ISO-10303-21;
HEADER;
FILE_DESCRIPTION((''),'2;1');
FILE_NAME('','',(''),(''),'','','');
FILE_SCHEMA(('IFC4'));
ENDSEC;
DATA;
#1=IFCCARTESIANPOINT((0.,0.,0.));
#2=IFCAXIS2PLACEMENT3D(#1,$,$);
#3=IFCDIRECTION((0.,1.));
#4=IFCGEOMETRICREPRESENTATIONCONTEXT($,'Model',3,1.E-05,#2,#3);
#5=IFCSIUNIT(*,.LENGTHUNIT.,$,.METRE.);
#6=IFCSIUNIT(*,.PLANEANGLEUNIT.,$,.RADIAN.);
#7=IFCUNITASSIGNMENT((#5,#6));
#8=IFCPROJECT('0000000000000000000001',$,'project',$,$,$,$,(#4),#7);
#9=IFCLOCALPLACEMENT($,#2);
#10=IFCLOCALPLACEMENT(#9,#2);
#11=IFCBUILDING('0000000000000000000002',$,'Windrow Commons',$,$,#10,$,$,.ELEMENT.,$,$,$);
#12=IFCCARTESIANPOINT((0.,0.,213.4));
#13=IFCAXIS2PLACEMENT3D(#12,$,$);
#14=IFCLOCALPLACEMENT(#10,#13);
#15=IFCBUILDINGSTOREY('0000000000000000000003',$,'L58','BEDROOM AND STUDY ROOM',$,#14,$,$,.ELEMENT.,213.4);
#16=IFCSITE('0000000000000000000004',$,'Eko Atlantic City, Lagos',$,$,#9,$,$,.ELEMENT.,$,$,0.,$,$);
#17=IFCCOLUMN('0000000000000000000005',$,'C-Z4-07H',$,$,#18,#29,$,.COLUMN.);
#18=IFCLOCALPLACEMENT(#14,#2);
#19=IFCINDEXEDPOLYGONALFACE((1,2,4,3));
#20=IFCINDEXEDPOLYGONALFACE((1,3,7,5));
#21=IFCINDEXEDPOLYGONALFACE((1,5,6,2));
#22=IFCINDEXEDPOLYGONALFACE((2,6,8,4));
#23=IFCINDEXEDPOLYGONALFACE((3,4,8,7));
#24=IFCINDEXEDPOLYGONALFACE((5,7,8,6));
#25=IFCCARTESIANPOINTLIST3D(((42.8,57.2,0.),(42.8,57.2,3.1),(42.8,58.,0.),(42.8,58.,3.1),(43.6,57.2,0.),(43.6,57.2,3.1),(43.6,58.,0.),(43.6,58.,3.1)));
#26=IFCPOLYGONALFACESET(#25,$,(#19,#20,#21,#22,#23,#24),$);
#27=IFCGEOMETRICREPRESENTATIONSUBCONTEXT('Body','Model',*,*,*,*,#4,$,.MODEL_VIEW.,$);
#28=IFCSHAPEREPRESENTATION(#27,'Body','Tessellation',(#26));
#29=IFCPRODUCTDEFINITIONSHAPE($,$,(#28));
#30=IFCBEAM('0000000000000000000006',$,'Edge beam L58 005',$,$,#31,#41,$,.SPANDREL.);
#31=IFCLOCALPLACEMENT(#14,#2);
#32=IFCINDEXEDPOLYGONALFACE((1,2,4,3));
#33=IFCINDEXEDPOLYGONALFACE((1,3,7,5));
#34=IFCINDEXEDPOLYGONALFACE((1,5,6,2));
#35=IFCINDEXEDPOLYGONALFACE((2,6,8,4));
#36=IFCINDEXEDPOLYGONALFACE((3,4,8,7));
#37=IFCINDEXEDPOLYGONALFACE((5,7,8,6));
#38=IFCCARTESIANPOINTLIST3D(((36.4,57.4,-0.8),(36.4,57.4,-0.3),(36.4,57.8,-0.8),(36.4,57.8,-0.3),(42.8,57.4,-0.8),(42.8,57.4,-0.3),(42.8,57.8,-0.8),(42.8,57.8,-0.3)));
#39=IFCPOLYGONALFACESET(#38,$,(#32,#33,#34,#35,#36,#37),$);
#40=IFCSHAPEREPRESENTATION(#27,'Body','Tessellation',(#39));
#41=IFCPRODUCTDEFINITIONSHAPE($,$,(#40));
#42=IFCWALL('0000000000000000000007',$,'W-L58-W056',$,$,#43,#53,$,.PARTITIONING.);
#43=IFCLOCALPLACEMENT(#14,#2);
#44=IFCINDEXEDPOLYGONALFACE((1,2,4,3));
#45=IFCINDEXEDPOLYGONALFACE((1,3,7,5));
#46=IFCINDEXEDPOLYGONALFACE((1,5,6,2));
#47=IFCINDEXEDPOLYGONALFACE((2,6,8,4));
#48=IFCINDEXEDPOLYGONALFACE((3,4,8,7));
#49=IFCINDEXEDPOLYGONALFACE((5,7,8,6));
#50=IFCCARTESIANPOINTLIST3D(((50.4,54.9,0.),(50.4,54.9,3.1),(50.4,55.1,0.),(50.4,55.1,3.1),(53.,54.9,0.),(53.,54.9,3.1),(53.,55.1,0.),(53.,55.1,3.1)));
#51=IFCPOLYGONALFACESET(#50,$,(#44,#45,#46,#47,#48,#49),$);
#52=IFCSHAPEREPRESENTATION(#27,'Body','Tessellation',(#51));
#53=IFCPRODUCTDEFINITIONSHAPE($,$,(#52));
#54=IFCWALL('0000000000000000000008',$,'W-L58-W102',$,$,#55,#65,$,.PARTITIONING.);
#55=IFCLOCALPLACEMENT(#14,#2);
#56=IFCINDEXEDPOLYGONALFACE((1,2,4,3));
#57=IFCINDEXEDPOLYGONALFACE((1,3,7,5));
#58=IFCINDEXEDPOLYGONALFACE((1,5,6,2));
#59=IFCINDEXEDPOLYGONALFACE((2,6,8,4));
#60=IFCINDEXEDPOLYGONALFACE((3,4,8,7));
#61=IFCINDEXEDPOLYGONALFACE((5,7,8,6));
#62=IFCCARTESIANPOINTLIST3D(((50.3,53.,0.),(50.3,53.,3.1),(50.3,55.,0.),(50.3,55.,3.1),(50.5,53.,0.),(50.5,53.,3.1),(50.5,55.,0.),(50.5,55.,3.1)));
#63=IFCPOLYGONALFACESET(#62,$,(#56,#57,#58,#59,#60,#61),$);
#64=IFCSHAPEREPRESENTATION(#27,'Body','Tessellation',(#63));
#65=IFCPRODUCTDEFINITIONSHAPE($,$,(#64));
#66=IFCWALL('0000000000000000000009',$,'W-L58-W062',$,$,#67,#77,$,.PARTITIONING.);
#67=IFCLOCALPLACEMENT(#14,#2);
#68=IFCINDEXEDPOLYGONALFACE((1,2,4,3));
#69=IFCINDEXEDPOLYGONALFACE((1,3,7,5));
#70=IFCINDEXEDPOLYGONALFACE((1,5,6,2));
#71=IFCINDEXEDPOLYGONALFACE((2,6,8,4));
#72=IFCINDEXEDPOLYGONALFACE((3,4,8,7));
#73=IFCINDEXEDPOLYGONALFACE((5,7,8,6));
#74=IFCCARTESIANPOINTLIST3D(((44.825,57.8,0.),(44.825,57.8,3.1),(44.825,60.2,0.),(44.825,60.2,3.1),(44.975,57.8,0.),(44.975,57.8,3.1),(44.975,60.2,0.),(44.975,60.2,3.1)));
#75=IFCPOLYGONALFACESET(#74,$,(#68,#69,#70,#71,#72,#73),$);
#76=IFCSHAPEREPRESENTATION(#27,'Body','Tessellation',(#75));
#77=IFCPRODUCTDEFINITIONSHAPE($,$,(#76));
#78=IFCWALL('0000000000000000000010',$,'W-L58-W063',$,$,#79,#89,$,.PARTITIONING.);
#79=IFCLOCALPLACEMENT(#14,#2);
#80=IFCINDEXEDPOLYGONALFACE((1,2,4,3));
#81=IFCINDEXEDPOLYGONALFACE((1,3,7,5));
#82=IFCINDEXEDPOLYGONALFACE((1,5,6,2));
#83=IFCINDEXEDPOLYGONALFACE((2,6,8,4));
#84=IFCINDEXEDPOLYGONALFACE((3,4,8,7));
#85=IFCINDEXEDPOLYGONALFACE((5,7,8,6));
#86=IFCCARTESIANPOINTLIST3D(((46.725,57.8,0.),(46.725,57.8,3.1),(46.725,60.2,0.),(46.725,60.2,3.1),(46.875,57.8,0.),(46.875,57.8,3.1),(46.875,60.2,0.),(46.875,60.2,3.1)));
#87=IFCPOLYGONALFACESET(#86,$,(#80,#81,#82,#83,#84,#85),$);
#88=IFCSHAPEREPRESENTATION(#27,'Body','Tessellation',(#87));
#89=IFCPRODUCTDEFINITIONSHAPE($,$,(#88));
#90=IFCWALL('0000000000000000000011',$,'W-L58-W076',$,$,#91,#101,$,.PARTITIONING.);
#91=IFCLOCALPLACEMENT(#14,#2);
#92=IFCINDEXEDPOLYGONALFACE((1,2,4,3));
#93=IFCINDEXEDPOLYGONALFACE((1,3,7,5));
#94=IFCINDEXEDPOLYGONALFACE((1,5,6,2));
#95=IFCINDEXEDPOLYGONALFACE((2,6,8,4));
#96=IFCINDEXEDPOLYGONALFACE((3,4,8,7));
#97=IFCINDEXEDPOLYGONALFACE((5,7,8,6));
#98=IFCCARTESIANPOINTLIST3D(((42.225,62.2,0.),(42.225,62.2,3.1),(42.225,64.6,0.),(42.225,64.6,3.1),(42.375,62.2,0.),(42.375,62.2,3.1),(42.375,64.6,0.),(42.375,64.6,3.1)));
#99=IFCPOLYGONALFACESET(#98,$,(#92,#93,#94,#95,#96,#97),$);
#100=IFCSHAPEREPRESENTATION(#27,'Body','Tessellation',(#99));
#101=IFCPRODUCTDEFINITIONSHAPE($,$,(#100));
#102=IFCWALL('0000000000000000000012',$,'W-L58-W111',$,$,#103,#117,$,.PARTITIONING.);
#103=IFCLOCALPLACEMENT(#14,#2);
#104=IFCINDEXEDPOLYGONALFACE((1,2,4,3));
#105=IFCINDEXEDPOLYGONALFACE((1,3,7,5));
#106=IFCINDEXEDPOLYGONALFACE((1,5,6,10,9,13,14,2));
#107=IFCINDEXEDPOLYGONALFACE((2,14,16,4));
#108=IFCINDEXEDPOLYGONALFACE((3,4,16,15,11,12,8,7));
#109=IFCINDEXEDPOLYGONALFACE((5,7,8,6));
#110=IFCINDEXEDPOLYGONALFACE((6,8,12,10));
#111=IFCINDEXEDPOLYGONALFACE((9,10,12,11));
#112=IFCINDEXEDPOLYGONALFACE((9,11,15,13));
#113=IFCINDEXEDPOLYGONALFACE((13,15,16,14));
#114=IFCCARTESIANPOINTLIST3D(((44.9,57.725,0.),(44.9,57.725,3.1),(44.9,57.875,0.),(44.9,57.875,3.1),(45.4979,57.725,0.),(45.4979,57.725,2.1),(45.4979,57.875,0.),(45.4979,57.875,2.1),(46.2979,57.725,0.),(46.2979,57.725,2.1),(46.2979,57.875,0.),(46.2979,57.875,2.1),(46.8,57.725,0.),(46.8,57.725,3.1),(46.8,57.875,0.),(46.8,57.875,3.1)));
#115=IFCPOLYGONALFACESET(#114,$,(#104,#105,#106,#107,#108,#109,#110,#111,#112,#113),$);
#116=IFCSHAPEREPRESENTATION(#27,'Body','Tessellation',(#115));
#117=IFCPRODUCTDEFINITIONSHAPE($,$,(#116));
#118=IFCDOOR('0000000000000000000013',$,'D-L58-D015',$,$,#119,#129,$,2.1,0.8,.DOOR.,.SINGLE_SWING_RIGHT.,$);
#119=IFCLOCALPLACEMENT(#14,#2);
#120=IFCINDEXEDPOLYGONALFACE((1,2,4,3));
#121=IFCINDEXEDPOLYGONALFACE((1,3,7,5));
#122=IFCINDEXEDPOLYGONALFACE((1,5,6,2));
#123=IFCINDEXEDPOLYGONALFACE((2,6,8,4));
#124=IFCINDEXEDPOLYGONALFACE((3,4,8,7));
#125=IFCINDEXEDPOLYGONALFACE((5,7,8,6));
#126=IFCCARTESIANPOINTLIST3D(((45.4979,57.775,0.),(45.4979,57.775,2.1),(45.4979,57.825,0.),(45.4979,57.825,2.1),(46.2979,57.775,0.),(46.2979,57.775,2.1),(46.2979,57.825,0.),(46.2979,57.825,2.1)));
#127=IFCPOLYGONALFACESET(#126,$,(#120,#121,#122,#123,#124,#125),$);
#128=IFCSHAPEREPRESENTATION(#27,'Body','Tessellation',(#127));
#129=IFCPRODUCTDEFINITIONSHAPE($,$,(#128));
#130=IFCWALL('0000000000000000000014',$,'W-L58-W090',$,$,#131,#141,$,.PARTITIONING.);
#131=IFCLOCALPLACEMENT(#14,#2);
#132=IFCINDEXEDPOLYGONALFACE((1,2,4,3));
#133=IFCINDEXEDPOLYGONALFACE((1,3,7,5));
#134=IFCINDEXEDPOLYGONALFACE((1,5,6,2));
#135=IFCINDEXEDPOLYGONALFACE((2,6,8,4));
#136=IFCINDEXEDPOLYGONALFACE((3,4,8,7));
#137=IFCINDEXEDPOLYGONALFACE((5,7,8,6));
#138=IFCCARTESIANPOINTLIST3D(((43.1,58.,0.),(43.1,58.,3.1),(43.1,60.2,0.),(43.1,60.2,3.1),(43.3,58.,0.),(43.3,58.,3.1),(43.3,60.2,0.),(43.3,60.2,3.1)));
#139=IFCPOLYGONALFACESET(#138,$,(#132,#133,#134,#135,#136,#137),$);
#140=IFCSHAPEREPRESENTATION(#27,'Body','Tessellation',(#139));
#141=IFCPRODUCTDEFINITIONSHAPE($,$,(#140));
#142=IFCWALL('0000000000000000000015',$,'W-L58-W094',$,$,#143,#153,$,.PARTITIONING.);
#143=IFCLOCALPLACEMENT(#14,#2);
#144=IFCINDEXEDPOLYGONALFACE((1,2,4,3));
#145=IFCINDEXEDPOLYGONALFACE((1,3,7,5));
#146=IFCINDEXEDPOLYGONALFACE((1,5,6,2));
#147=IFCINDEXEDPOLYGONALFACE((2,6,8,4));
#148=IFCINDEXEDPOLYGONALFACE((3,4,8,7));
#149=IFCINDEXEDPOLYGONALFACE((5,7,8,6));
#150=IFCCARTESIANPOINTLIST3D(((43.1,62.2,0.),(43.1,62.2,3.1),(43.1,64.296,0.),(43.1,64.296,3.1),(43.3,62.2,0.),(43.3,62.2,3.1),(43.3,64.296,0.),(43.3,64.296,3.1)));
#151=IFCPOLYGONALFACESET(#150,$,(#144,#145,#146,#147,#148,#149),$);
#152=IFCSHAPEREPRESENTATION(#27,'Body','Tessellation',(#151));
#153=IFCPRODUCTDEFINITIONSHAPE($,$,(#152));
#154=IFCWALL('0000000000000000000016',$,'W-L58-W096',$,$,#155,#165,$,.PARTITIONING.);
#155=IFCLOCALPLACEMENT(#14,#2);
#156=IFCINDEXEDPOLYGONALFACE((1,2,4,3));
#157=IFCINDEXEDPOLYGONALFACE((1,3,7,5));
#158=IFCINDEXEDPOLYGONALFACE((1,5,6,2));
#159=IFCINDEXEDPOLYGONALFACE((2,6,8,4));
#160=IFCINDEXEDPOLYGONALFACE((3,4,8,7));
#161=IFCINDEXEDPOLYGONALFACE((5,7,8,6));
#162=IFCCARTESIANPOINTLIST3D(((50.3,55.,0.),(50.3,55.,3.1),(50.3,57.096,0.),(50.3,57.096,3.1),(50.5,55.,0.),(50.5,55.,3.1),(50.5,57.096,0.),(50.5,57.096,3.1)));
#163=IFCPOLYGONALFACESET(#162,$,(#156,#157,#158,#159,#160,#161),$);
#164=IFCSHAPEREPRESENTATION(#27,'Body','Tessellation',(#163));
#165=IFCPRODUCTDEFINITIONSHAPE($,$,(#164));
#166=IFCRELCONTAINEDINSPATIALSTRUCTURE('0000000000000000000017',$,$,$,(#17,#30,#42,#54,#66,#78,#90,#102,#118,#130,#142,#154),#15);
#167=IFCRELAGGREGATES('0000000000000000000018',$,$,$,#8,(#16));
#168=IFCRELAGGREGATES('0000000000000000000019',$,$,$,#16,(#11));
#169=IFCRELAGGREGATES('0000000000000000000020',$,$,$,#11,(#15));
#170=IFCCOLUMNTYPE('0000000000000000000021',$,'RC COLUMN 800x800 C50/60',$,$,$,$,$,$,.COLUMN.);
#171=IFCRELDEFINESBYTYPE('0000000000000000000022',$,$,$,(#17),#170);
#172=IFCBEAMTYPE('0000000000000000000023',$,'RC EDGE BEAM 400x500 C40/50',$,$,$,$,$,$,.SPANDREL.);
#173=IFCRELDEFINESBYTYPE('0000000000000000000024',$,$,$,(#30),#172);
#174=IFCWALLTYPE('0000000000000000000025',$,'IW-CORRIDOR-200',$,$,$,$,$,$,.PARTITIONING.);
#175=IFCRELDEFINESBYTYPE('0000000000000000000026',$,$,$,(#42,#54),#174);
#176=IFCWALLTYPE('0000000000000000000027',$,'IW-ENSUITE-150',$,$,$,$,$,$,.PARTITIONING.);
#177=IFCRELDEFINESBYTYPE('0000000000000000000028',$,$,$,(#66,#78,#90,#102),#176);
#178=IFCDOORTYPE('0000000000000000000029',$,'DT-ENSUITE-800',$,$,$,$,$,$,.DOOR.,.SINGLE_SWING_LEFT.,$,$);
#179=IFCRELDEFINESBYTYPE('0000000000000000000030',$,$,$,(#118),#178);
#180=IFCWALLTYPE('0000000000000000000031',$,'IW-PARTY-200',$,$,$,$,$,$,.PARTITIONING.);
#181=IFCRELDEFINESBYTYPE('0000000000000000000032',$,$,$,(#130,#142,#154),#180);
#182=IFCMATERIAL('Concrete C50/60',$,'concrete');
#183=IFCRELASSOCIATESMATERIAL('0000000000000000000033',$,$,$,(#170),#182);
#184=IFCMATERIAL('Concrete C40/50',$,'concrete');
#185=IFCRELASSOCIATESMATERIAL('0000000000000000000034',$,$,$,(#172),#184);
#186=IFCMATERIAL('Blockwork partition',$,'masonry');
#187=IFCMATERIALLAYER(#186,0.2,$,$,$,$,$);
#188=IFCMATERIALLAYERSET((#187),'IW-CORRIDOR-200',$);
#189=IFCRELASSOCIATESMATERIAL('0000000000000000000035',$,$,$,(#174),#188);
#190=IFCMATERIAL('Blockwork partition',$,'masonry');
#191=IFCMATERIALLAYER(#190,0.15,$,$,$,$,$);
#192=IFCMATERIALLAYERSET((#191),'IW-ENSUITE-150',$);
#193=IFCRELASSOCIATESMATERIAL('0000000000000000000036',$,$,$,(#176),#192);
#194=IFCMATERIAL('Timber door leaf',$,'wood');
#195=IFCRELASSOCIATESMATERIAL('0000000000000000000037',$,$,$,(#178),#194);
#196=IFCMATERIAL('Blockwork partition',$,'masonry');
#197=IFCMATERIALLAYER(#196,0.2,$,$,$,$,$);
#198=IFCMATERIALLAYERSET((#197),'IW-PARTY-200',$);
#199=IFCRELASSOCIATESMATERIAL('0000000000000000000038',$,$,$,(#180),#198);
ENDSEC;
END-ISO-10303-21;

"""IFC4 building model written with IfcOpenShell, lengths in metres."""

from ifc_helpers import new_model, si_unit, direction, frame, frame_2d, origin, origin_2d, place, context, subcontext, project, spatial, rectangle, extrude, material, layer, layer_set, material_profile, profile_set, type_object, element, fill, save


model = new_model("IFC4")

# Units and contexts
model_context = context("Model", 3, precision=1e-05, world=origin(), true_north=direction((0.0, 1.0)))
body_context = subcontext(model_context, "Body", "Model", "MODEL_VIEW")
ifc_project = project(units=[si_unit("LENGTHUNIT", "METRE"), si_unit("PLANEANGLEUNIT", "RADIAN")], contexts=[model_context])

# Site, building, storey
site_placement = place(None, origin())
site = spatial("IfcSite", under=ifc_project, at=site_placement, Name="Eko Atlantic City, Lagos", CompositionType="ELEMENT", RefElevation=0.0)
building_placement = place(site_placement, origin())
building = spatial("IfcBuilding", under=site, at=building_placement, Name="Windrow Commons", CompositionType="ELEMENT")
storey_placement = place(building_placement, frame((0.0, 0.0, 213.4)))
storey = spatial("IfcBuildingStorey", under=building, at=storey_placement, Name="L58", Description="BEDROOM AND STUDY ROOM", CompositionType="ELEMENT", Elevation=213.4)

# Column
ifc_material_1 = material(Name="Concrete C50/60", Category="concrete")
ifc_material_profile_1 = material_profile(ifc_material_1, rectangle(XDim=0.8, YDim=0.8, at=origin_2d()))
ifc_profile_set_1 = profile_set([ifc_material_profile_1], Name="Concrete C50/60")
column_type = type_object("IfcColumnType", Name="RC COLUMN 800x800 C50/60", PredefinedType="COLUMN", material=ifc_profile_set_1)
column_placement = place(storey_placement, frame((43.2, 57.6, 0.0), z_axis=(0.0, 0.0, 1.0), x_axis=(1.0, 0.0, 0.0)))
element("IfcColumn", 1, at=column_placement, inside=storey, type_object=column_type, Name="C-Z4-07H", PredefinedType="COLUMN", context=body_context, shape_type="SweptSolid", body=[
    extrude(rectangle(XDim=0.8, YDim=0.8, at=origin_2d()), origin(), (0.0, 0.0, 1.0), 3.1),
])

# Beam
ifc_material_2 = material(Name="Concrete C40/50", Category="concrete")
ifc_material_profile_2 = material_profile(ifc_material_2, rectangle(XDim=0.4, YDim=0.5, at=origin_2d()))
ifc_profile_set_2 = profile_set([ifc_material_profile_2], Name="Concrete C40/50")
beam_type = type_object("IfcBeamType", Name="RC EDGE BEAM 400x500 C40/50", PredefinedType="SPANDREL", material=ifc_profile_set_2)
beam_placement = place(storey_placement, frame((42.8, 57.6, -0.55), z_axis=(-1.0, 0.0, 0.0), x_axis=(0.0, -1.0, 0.0)))
element("IfcBeam", 2, at=beam_placement, inside=storey, type_object=beam_type, Name="Edge beam L58 005", PredefinedType="SPANDREL", context=body_context, shape_type="SweptSolid", body=[
    extrude(rectangle(XDim=0.4, YDim=0.5, at=origin_2d()), origin(), (0.0, 0.0, 1.0), 6.4),
])

# Walls
ifc_material_3 = material(Name="Blockwork partition", Category="masonry")
ifc_layer_1 = layer(ifc_material_3, 0.2)
ifc_layer_set_1 = layer_set([ifc_layer_1], Name="IW-CORRIDOR-200")
wall_type_1 = type_object("IfcWallType", Name="IW-CORRIDOR-200", PredefinedType="PARTITIONING", material=ifc_layer_set_1)
wall_1_placement = place(storey_placement, frame((50.4, 55.0, 0.0), z_axis=(0.0, 0.0, 1.0), x_axis=(1.0, 0.0, 0.0)))
element("IfcWall", 3, at=wall_1_placement, inside=storey, type_object=wall_type_1, Name="W-L58-W056", PredefinedType="PARTITIONING", context=body_context, shape_type="SweptSolid", body=[
    extrude(rectangle(XDim=2.6, YDim=0.2, at=frame_2d((1.3, 0.0))), origin(), (0.0, 0.0, 1.0), 3.1),
])
wall_2_placement = place(storey_placement, frame((50.4, 53.0, 0.0), z_axis=(0.0, 0.0, 1.0), x_axis=(0.0, 1.0, 0.0)))
element("IfcWall", 4, at=wall_2_placement, inside=storey, type_object=wall_type_1, Name="W-L58-W102", PredefinedType="PARTITIONING", context=body_context, shape_type="SweptSolid", body=[
    extrude(rectangle(XDim=2.0, YDim=0.2, at=frame_2d((1.0, 0.0))), origin(), (0.0, 0.0, 1.0), 3.1),
])
ifc_material_4 = material(Name="Blockwork partition", Category="masonry")
ifc_layer_2 = layer(ifc_material_4, 0.15)
ifc_layer_set_2 = layer_set([ifc_layer_2], Name="IW-ENSUITE-150")
wall_type_2 = type_object("IfcWallType", Name="IW-ENSUITE-150", PredefinedType="PARTITIONING", material=ifc_layer_set_2)
for number, where, z_axis, x_axis, name in (
    (5, (44.9, 57.8, 0.0), (0.0, 0.0, 1.0), (0.0, 1.0, 0.0), "W-L58-W062"),
    (6, (46.8, 57.8, 0.0), (0.0, 0.0, 1.0), (0.0, 1.0, 0.0), "W-L58-W063"),
    (7, (42.3, 62.2, 0.0), (0.0, 0.0, 1.0), (0.0, 1.0, 0.0), "W-L58-W076"),
):
    element("IfcWall", number, at=place(storey_placement, frame(where, z_axis=z_axis, x_axis=x_axis)), inside=storey, type_object=wall_type_2, Name=name, PredefinedType="PARTITIONING", context=body_context, shape_type="SweptSolid", body=[
        extrude(rectangle(XDim=2.4, YDim=0.15, at=frame_2d((1.2, 0.0))), origin(), (0.0, 0.0, 1.0), 3.1),
    ])

# Wall, opening, door
wall_3_placement = place(storey_placement, frame((44.9, 57.8, 0.0), z_axis=(0.0, 0.0, 1.0), x_axis=(1.0, 0.0, 0.0)))
wall_3 = element("IfcWall", 8, at=wall_3_placement, inside=storey, type_object=wall_type_2, Name="W-L58-W111", PredefinedType="PARTITIONING", context=body_context, shape_type="SweptSolid", body=[
    extrude(rectangle(XDim=1.9, YDim=0.15, at=frame_2d((0.95, 0.0))), origin(), (0.0, 0.0, 1.0), 3.1),
])
opening_placement = place(wall_3_placement, frame((0.5979, 0.0, 0.0)))
opening = element("IfcOpeningElement", 9, at=opening_placement, cuts=wall_3, PredefinedType="OPENING", context=body_context, shape_type="SweptSolid", body=[
    extrude(rectangle(XDim=0.8, YDim=2.1, at=frame_2d((0.4, 1.05))), frame((0.0, 0.085, 0.0), z_axis=(0.0, -1.0, 0.0), x_axis=(1.0, 0.0, 0.0)), (0.0, 0.0, 1.0), 0.17),
])
ifc_material_5 = material(Name="Timber door leaf", Category="wood")
door_type = type_object("IfcDoorType", Name="DT-ENSUITE-800", OperationType="SINGLE_SWING_LEFT", PredefinedType="DOOR", material=ifc_material_5)
door_placement = place(opening_placement, origin())
door = element("IfcDoor", 10, at=door_placement, inside=storey, type_object=door_type, Name="D-L58-D015", OperationType="SINGLE_SWING_RIGHT", OverallHeight=2.1, OverallWidth=0.8, PredefinedType="DOOR", context=body_context, shape_type="SweptSolid", body=[
    extrude(rectangle(XDim=0.8, YDim=2.1, at=frame_2d((0.4, 1.05))), frame((0.0, 0.025, 0.0), z_axis=(0.0, -1.0, 0.0), x_axis=(1.0, 0.0, 0.0)), (0.0, 0.0, 1.0), 0.05),
])
fill(opening, door)

# Walls
ifc_material_6 = material(Name="Blockwork partition", Category="masonry")
ifc_layer_3 = layer(ifc_material_6, 0.2)
ifc_layer_set_3 = layer_set([ifc_layer_3], Name="IW-PARTY-200")
wall_type_3 = type_object("IfcWallType", Name="IW-PARTY-200", PredefinedType="PARTITIONING", material=ifc_layer_set_3)
wall_4_placement = place(storey_placement, frame((43.2, 58.0, 0.0), z_axis=(0.0, 0.0, 1.0), x_axis=(0.0, 1.0, 0.0)))
element("IfcWall", 11, at=wall_4_placement, inside=storey, type_object=wall_type_3, Name="W-L58-W090", PredefinedType="PARTITIONING", context=body_context, shape_type="SweptSolid", body=[
    extrude(rectangle(XDim=2.2, YDim=0.2, at=frame_2d((1.1, 0.0))), origin(), (0.0, 0.0, 1.0), 3.1),
])
for number, where, z_axis, x_axis, name in (
    (12, (43.2, 62.2, 0.0), (0.0, 0.0, 1.0), (0.0, 1.0, 0.0), "W-L58-W094"),
    (13, (50.4, 55.0, 0.0), (0.0, 0.0, 1.0), (0.0, 1.0, 0.0), "W-L58-W096"),
):
    element("IfcWall", number, at=place(storey_placement, frame(where, z_axis=z_axis, x_axis=x_axis)), inside=storey, type_object=wall_type_3, Name=name, PredefinedType="PARTITIONING", context=body_context, shape_type="SweptSolid", body=[
        extrude(rectangle(XDim=2.096, YDim=0.2, at=frame_2d((1.048, 0.0))), origin(), (0.0, 0.0, 1.0), 3.1),
    ])

save(model, "model.ifc")
